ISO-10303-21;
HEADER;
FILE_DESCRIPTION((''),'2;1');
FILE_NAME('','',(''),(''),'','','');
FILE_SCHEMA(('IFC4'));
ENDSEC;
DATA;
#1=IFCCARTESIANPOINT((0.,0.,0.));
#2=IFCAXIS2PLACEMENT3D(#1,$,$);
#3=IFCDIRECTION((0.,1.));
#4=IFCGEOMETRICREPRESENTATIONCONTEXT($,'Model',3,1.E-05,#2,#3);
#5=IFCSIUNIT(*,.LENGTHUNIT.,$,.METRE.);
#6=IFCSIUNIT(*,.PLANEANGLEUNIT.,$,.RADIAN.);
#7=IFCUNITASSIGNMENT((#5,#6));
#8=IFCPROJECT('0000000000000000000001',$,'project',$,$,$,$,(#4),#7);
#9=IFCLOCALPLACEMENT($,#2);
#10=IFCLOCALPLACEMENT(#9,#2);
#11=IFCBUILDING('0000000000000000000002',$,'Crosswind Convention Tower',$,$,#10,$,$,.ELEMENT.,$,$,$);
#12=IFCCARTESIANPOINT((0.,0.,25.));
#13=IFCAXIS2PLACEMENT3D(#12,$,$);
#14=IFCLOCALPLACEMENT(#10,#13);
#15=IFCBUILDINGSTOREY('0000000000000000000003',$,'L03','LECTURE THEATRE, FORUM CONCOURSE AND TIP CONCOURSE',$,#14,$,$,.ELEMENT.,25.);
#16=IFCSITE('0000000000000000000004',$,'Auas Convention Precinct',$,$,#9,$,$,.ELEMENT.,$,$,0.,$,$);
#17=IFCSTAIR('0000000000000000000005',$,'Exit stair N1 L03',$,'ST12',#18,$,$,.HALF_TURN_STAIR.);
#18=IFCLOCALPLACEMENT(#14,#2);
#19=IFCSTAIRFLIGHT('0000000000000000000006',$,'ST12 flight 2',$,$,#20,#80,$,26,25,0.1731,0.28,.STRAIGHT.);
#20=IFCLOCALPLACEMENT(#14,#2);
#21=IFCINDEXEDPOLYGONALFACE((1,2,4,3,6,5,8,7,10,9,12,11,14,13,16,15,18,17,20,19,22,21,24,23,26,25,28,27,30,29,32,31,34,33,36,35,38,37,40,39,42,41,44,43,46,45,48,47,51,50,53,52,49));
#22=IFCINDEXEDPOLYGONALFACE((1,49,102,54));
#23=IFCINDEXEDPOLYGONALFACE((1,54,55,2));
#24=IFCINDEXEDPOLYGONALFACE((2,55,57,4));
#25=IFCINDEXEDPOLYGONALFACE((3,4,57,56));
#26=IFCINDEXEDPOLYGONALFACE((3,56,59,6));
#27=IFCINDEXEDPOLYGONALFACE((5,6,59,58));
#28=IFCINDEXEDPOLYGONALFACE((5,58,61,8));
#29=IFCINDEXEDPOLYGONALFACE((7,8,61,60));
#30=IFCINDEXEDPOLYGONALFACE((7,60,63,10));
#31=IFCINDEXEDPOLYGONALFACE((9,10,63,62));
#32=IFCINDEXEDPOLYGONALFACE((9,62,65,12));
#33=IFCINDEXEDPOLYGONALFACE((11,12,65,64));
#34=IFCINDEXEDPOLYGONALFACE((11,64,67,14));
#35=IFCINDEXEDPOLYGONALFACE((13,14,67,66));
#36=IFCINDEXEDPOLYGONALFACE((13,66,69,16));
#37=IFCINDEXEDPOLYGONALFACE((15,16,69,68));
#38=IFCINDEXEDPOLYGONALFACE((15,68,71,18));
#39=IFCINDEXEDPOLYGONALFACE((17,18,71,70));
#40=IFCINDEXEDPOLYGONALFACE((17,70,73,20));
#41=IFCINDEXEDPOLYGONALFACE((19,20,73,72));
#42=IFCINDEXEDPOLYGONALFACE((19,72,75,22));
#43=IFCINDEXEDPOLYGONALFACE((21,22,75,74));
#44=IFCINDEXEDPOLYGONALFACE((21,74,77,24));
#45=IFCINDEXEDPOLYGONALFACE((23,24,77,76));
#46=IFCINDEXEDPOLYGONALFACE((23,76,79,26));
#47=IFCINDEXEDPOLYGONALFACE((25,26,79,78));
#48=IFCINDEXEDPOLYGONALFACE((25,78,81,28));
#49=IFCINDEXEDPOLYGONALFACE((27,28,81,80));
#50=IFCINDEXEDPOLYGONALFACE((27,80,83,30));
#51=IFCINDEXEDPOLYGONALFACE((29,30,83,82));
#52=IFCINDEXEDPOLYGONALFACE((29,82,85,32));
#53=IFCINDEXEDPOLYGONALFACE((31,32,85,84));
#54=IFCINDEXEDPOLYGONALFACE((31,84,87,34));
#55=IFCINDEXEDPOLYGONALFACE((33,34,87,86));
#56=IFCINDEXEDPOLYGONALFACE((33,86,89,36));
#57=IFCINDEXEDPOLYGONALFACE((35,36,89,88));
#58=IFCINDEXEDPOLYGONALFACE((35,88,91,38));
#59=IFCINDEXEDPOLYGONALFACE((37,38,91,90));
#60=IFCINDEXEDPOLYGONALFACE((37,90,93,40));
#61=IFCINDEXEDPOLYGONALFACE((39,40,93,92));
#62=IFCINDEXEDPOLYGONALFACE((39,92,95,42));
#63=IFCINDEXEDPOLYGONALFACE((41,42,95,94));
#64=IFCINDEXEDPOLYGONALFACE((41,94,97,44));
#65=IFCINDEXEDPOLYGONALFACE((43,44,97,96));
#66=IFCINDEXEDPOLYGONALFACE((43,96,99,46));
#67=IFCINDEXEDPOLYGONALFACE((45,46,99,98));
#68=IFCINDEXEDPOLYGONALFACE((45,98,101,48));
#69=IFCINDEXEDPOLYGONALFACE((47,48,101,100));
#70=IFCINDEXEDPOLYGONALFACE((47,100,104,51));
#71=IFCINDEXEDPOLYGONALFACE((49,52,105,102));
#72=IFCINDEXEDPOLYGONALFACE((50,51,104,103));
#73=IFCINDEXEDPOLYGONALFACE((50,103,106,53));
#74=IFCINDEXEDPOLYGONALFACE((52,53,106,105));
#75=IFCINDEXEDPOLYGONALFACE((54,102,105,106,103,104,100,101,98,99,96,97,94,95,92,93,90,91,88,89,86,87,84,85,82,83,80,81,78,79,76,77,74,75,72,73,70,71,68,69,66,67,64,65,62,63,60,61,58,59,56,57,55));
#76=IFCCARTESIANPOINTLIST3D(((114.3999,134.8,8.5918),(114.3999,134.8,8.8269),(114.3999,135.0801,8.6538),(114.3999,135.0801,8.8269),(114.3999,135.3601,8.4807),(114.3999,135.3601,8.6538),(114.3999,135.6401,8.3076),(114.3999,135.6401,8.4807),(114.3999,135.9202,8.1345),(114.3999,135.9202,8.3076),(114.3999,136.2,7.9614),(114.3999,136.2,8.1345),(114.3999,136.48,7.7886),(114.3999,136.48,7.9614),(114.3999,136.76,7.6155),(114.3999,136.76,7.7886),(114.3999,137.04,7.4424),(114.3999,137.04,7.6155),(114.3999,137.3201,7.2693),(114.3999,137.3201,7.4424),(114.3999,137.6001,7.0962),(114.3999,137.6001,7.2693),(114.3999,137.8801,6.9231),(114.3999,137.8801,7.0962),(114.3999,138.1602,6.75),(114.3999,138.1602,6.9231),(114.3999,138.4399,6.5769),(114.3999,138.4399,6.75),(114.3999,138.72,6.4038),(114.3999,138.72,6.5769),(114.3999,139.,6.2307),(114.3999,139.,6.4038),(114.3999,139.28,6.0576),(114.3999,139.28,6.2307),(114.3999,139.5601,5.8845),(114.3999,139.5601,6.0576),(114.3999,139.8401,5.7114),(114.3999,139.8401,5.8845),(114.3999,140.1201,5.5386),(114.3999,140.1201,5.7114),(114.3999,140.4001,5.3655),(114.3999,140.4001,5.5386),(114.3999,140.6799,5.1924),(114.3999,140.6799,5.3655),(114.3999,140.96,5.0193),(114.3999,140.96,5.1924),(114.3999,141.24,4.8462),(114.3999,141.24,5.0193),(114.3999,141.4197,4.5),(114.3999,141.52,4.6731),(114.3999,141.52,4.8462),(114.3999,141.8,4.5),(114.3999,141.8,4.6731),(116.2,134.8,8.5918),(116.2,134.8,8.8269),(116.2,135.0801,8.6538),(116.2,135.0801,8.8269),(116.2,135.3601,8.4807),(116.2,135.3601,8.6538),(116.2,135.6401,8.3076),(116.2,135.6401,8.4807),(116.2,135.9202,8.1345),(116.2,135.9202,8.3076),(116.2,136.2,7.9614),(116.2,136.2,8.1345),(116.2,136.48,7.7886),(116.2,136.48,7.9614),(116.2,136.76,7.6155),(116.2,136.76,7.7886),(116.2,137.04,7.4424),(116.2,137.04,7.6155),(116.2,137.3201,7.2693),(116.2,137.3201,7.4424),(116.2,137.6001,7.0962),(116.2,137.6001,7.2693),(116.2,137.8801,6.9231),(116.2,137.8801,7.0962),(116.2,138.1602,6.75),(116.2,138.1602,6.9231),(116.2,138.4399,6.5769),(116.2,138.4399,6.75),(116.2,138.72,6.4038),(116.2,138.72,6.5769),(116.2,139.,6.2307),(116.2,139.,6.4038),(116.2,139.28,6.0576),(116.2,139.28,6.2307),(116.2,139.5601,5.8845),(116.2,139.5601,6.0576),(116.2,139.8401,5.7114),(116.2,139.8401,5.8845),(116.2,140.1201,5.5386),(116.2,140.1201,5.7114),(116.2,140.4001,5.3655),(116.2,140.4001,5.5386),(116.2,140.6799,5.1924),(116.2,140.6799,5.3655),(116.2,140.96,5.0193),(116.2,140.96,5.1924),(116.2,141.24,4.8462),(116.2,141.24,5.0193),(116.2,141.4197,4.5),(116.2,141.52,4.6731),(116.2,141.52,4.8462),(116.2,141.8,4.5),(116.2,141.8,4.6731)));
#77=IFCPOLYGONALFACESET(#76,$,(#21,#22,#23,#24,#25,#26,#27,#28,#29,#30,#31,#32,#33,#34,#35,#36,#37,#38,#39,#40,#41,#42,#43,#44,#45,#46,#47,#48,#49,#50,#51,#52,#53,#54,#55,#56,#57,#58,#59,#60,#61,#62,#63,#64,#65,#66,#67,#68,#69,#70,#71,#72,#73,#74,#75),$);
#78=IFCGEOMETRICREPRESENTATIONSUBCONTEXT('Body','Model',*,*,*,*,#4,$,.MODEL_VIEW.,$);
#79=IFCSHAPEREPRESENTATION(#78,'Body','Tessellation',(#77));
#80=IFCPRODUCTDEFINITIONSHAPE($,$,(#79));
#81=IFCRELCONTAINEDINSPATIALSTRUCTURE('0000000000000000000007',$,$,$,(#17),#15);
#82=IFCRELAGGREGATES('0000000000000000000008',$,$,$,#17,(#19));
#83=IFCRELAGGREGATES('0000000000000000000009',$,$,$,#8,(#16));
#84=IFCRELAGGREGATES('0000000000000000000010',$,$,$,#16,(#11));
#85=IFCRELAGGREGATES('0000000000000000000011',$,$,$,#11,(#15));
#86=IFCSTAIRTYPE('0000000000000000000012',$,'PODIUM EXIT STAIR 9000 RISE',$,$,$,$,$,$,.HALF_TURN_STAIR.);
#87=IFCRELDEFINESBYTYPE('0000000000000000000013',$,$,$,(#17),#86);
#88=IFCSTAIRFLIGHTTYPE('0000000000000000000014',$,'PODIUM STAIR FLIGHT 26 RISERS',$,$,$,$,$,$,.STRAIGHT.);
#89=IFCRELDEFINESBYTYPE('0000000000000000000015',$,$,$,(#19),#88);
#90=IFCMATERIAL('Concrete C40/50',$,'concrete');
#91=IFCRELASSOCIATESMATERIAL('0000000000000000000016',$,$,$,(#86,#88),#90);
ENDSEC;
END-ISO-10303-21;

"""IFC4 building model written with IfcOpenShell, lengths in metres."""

from ifc_helpers import new_model, si_unit, direction, frame, origin, place, context, subcontext, project, spatial, polyline, outline, extrude, material, type_object, element, aggregate, save


model = new_model("IFC4")

# Units and contexts
model_context = context("Model", 3, precision=1e-05, world=origin(), true_north=direction((0.0, 1.0)))
body_context = subcontext(model_context, "Body", "Model", "MODEL_VIEW")
ifc_project = project(units=[si_unit("LENGTHUNIT", "METRE"), si_unit("PLANEANGLEUNIT", "RADIAN")], contexts=[model_context])

# Site, building, storey
site_placement = place(None, origin())
site = spatial("IfcSite", under=ifc_project, at=site_placement, Name="Auas Convention Precinct", CompositionType="ELEMENT", RefElevation=0.0)
building_placement = place(site_placement, origin())
building = spatial("IfcBuilding", under=site, at=building_placement, Name="Crosswind Convention Tower", CompositionType="ELEMENT")
storey_placement = place(building_placement, frame((0.0, 0.0, 25.0)))
storey = spatial("IfcBuildingStorey", under=building, at=storey_placement, Name="L03", Description="LECTURE THEATRE, FORUM CONCOURSE AND TIP CONCOURSE", CompositionType="ELEMENT", Elevation=25.0)

# Shared definitions
ifc_material_1 = material(Name="Concrete C40/50", Category="concrete")

# Stair, stair flight
stair_type = type_object("IfcStairType", Name="PODIUM EXIT STAIR 9000 RISE", PredefinedType="HALF_TURN_STAIR", material=ifc_material_1)
stair_placement = place(storey_placement, origin())
stair = element("IfcStair", 1, at=stair_placement, inside=storey, type_object=stair_type, Name="Exit stair N1 L03", ObjectType="ST12", PredefinedType="HALF_TURN_STAIR")
stair_flight_type = type_object("IfcStairFlightType", Name="PODIUM STAIR FLIGHT 26 RISERS", PredefinedType="STRAIGHT", material=ifc_material_1)
stair_flight_1_placement = place(storey_placement, frame((115.3, 141.8, 4.5), z_axis=(0.0, 0.0, 1.0), x_axis=(0.0, -1.0, 0.0)))
stair_flight_1 = element("IfcStairFlight", 2, at=stair_flight_1_placement, type_object=stair_flight_type, Name="ST12 flight 2", NumberOfRisers=26, NumberOfTreads=25, PredefinedType="STRAIGHT", RiserHeight=0.1731, TreadLength=0.28, context=body_context, shape_type="SweptSolid", body=[
    extrude(outline(polyline([(0.0, 0.0), (0.0, 0.1731), (0.28, 0.1731), (0.28, 0.3462), (0.5601, 0.3462), (0.5601, 0.5193), (0.8401, 0.5193), (0.8401, 0.6924), (1.1201, 0.6924), (1.1201, 0.8655), (1.3999, 0.8655), (1.3999, 1.0386), (1.6799, 1.0386), (1.6799, 1.2114), (1.96, 1.2114), (1.96, 1.3845), (2.24, 1.3845), (2.24, 1.5576), (2.52, 1.5576), (2.52, 1.7307), (2.8, 1.7307), (2.8, 1.9038), (3.0801, 1.9038), (3.0801, 2.0769), (3.3601, 2.0769), (3.3601, 2.25), (3.6399, 2.25), (3.6399, 2.4231), (3.9199, 2.4231), (3.9199, 2.5962), (4.2, 2.5962), (4.2, 2.7693), (4.48, 2.7693), (4.48, 2.9424), (4.76, 2.9424), (4.76, 3.1155), (5.04, 3.1155), (5.04, 3.2886), (5.3201, 3.2886), (5.3201, 3.4614), (5.6001, 3.4614), (5.6001, 3.6345), (5.8799, 3.6345), (5.8799, 3.8076), (6.1599, 3.8076), (6.1599, 3.9807), (6.4399, 3.9807), (6.4399, 4.1538), (6.72, 4.1538), (6.72, 4.3269), (7.0, 4.3269), (7.0, 4.5), (7.0, 4.0918), (0.3804, 0.0), (0.0, 0.0)])), frame((0.0, 0.8999, 0.0), z_axis=(0.0, -1.0, 0.0), x_axis=(1.0, 0.0, 0.0)), (0.0, 0.0, 1.0), 1.8),
])
aggregate(stair, [stair_flight_1])

save(model, "model.ifc")
